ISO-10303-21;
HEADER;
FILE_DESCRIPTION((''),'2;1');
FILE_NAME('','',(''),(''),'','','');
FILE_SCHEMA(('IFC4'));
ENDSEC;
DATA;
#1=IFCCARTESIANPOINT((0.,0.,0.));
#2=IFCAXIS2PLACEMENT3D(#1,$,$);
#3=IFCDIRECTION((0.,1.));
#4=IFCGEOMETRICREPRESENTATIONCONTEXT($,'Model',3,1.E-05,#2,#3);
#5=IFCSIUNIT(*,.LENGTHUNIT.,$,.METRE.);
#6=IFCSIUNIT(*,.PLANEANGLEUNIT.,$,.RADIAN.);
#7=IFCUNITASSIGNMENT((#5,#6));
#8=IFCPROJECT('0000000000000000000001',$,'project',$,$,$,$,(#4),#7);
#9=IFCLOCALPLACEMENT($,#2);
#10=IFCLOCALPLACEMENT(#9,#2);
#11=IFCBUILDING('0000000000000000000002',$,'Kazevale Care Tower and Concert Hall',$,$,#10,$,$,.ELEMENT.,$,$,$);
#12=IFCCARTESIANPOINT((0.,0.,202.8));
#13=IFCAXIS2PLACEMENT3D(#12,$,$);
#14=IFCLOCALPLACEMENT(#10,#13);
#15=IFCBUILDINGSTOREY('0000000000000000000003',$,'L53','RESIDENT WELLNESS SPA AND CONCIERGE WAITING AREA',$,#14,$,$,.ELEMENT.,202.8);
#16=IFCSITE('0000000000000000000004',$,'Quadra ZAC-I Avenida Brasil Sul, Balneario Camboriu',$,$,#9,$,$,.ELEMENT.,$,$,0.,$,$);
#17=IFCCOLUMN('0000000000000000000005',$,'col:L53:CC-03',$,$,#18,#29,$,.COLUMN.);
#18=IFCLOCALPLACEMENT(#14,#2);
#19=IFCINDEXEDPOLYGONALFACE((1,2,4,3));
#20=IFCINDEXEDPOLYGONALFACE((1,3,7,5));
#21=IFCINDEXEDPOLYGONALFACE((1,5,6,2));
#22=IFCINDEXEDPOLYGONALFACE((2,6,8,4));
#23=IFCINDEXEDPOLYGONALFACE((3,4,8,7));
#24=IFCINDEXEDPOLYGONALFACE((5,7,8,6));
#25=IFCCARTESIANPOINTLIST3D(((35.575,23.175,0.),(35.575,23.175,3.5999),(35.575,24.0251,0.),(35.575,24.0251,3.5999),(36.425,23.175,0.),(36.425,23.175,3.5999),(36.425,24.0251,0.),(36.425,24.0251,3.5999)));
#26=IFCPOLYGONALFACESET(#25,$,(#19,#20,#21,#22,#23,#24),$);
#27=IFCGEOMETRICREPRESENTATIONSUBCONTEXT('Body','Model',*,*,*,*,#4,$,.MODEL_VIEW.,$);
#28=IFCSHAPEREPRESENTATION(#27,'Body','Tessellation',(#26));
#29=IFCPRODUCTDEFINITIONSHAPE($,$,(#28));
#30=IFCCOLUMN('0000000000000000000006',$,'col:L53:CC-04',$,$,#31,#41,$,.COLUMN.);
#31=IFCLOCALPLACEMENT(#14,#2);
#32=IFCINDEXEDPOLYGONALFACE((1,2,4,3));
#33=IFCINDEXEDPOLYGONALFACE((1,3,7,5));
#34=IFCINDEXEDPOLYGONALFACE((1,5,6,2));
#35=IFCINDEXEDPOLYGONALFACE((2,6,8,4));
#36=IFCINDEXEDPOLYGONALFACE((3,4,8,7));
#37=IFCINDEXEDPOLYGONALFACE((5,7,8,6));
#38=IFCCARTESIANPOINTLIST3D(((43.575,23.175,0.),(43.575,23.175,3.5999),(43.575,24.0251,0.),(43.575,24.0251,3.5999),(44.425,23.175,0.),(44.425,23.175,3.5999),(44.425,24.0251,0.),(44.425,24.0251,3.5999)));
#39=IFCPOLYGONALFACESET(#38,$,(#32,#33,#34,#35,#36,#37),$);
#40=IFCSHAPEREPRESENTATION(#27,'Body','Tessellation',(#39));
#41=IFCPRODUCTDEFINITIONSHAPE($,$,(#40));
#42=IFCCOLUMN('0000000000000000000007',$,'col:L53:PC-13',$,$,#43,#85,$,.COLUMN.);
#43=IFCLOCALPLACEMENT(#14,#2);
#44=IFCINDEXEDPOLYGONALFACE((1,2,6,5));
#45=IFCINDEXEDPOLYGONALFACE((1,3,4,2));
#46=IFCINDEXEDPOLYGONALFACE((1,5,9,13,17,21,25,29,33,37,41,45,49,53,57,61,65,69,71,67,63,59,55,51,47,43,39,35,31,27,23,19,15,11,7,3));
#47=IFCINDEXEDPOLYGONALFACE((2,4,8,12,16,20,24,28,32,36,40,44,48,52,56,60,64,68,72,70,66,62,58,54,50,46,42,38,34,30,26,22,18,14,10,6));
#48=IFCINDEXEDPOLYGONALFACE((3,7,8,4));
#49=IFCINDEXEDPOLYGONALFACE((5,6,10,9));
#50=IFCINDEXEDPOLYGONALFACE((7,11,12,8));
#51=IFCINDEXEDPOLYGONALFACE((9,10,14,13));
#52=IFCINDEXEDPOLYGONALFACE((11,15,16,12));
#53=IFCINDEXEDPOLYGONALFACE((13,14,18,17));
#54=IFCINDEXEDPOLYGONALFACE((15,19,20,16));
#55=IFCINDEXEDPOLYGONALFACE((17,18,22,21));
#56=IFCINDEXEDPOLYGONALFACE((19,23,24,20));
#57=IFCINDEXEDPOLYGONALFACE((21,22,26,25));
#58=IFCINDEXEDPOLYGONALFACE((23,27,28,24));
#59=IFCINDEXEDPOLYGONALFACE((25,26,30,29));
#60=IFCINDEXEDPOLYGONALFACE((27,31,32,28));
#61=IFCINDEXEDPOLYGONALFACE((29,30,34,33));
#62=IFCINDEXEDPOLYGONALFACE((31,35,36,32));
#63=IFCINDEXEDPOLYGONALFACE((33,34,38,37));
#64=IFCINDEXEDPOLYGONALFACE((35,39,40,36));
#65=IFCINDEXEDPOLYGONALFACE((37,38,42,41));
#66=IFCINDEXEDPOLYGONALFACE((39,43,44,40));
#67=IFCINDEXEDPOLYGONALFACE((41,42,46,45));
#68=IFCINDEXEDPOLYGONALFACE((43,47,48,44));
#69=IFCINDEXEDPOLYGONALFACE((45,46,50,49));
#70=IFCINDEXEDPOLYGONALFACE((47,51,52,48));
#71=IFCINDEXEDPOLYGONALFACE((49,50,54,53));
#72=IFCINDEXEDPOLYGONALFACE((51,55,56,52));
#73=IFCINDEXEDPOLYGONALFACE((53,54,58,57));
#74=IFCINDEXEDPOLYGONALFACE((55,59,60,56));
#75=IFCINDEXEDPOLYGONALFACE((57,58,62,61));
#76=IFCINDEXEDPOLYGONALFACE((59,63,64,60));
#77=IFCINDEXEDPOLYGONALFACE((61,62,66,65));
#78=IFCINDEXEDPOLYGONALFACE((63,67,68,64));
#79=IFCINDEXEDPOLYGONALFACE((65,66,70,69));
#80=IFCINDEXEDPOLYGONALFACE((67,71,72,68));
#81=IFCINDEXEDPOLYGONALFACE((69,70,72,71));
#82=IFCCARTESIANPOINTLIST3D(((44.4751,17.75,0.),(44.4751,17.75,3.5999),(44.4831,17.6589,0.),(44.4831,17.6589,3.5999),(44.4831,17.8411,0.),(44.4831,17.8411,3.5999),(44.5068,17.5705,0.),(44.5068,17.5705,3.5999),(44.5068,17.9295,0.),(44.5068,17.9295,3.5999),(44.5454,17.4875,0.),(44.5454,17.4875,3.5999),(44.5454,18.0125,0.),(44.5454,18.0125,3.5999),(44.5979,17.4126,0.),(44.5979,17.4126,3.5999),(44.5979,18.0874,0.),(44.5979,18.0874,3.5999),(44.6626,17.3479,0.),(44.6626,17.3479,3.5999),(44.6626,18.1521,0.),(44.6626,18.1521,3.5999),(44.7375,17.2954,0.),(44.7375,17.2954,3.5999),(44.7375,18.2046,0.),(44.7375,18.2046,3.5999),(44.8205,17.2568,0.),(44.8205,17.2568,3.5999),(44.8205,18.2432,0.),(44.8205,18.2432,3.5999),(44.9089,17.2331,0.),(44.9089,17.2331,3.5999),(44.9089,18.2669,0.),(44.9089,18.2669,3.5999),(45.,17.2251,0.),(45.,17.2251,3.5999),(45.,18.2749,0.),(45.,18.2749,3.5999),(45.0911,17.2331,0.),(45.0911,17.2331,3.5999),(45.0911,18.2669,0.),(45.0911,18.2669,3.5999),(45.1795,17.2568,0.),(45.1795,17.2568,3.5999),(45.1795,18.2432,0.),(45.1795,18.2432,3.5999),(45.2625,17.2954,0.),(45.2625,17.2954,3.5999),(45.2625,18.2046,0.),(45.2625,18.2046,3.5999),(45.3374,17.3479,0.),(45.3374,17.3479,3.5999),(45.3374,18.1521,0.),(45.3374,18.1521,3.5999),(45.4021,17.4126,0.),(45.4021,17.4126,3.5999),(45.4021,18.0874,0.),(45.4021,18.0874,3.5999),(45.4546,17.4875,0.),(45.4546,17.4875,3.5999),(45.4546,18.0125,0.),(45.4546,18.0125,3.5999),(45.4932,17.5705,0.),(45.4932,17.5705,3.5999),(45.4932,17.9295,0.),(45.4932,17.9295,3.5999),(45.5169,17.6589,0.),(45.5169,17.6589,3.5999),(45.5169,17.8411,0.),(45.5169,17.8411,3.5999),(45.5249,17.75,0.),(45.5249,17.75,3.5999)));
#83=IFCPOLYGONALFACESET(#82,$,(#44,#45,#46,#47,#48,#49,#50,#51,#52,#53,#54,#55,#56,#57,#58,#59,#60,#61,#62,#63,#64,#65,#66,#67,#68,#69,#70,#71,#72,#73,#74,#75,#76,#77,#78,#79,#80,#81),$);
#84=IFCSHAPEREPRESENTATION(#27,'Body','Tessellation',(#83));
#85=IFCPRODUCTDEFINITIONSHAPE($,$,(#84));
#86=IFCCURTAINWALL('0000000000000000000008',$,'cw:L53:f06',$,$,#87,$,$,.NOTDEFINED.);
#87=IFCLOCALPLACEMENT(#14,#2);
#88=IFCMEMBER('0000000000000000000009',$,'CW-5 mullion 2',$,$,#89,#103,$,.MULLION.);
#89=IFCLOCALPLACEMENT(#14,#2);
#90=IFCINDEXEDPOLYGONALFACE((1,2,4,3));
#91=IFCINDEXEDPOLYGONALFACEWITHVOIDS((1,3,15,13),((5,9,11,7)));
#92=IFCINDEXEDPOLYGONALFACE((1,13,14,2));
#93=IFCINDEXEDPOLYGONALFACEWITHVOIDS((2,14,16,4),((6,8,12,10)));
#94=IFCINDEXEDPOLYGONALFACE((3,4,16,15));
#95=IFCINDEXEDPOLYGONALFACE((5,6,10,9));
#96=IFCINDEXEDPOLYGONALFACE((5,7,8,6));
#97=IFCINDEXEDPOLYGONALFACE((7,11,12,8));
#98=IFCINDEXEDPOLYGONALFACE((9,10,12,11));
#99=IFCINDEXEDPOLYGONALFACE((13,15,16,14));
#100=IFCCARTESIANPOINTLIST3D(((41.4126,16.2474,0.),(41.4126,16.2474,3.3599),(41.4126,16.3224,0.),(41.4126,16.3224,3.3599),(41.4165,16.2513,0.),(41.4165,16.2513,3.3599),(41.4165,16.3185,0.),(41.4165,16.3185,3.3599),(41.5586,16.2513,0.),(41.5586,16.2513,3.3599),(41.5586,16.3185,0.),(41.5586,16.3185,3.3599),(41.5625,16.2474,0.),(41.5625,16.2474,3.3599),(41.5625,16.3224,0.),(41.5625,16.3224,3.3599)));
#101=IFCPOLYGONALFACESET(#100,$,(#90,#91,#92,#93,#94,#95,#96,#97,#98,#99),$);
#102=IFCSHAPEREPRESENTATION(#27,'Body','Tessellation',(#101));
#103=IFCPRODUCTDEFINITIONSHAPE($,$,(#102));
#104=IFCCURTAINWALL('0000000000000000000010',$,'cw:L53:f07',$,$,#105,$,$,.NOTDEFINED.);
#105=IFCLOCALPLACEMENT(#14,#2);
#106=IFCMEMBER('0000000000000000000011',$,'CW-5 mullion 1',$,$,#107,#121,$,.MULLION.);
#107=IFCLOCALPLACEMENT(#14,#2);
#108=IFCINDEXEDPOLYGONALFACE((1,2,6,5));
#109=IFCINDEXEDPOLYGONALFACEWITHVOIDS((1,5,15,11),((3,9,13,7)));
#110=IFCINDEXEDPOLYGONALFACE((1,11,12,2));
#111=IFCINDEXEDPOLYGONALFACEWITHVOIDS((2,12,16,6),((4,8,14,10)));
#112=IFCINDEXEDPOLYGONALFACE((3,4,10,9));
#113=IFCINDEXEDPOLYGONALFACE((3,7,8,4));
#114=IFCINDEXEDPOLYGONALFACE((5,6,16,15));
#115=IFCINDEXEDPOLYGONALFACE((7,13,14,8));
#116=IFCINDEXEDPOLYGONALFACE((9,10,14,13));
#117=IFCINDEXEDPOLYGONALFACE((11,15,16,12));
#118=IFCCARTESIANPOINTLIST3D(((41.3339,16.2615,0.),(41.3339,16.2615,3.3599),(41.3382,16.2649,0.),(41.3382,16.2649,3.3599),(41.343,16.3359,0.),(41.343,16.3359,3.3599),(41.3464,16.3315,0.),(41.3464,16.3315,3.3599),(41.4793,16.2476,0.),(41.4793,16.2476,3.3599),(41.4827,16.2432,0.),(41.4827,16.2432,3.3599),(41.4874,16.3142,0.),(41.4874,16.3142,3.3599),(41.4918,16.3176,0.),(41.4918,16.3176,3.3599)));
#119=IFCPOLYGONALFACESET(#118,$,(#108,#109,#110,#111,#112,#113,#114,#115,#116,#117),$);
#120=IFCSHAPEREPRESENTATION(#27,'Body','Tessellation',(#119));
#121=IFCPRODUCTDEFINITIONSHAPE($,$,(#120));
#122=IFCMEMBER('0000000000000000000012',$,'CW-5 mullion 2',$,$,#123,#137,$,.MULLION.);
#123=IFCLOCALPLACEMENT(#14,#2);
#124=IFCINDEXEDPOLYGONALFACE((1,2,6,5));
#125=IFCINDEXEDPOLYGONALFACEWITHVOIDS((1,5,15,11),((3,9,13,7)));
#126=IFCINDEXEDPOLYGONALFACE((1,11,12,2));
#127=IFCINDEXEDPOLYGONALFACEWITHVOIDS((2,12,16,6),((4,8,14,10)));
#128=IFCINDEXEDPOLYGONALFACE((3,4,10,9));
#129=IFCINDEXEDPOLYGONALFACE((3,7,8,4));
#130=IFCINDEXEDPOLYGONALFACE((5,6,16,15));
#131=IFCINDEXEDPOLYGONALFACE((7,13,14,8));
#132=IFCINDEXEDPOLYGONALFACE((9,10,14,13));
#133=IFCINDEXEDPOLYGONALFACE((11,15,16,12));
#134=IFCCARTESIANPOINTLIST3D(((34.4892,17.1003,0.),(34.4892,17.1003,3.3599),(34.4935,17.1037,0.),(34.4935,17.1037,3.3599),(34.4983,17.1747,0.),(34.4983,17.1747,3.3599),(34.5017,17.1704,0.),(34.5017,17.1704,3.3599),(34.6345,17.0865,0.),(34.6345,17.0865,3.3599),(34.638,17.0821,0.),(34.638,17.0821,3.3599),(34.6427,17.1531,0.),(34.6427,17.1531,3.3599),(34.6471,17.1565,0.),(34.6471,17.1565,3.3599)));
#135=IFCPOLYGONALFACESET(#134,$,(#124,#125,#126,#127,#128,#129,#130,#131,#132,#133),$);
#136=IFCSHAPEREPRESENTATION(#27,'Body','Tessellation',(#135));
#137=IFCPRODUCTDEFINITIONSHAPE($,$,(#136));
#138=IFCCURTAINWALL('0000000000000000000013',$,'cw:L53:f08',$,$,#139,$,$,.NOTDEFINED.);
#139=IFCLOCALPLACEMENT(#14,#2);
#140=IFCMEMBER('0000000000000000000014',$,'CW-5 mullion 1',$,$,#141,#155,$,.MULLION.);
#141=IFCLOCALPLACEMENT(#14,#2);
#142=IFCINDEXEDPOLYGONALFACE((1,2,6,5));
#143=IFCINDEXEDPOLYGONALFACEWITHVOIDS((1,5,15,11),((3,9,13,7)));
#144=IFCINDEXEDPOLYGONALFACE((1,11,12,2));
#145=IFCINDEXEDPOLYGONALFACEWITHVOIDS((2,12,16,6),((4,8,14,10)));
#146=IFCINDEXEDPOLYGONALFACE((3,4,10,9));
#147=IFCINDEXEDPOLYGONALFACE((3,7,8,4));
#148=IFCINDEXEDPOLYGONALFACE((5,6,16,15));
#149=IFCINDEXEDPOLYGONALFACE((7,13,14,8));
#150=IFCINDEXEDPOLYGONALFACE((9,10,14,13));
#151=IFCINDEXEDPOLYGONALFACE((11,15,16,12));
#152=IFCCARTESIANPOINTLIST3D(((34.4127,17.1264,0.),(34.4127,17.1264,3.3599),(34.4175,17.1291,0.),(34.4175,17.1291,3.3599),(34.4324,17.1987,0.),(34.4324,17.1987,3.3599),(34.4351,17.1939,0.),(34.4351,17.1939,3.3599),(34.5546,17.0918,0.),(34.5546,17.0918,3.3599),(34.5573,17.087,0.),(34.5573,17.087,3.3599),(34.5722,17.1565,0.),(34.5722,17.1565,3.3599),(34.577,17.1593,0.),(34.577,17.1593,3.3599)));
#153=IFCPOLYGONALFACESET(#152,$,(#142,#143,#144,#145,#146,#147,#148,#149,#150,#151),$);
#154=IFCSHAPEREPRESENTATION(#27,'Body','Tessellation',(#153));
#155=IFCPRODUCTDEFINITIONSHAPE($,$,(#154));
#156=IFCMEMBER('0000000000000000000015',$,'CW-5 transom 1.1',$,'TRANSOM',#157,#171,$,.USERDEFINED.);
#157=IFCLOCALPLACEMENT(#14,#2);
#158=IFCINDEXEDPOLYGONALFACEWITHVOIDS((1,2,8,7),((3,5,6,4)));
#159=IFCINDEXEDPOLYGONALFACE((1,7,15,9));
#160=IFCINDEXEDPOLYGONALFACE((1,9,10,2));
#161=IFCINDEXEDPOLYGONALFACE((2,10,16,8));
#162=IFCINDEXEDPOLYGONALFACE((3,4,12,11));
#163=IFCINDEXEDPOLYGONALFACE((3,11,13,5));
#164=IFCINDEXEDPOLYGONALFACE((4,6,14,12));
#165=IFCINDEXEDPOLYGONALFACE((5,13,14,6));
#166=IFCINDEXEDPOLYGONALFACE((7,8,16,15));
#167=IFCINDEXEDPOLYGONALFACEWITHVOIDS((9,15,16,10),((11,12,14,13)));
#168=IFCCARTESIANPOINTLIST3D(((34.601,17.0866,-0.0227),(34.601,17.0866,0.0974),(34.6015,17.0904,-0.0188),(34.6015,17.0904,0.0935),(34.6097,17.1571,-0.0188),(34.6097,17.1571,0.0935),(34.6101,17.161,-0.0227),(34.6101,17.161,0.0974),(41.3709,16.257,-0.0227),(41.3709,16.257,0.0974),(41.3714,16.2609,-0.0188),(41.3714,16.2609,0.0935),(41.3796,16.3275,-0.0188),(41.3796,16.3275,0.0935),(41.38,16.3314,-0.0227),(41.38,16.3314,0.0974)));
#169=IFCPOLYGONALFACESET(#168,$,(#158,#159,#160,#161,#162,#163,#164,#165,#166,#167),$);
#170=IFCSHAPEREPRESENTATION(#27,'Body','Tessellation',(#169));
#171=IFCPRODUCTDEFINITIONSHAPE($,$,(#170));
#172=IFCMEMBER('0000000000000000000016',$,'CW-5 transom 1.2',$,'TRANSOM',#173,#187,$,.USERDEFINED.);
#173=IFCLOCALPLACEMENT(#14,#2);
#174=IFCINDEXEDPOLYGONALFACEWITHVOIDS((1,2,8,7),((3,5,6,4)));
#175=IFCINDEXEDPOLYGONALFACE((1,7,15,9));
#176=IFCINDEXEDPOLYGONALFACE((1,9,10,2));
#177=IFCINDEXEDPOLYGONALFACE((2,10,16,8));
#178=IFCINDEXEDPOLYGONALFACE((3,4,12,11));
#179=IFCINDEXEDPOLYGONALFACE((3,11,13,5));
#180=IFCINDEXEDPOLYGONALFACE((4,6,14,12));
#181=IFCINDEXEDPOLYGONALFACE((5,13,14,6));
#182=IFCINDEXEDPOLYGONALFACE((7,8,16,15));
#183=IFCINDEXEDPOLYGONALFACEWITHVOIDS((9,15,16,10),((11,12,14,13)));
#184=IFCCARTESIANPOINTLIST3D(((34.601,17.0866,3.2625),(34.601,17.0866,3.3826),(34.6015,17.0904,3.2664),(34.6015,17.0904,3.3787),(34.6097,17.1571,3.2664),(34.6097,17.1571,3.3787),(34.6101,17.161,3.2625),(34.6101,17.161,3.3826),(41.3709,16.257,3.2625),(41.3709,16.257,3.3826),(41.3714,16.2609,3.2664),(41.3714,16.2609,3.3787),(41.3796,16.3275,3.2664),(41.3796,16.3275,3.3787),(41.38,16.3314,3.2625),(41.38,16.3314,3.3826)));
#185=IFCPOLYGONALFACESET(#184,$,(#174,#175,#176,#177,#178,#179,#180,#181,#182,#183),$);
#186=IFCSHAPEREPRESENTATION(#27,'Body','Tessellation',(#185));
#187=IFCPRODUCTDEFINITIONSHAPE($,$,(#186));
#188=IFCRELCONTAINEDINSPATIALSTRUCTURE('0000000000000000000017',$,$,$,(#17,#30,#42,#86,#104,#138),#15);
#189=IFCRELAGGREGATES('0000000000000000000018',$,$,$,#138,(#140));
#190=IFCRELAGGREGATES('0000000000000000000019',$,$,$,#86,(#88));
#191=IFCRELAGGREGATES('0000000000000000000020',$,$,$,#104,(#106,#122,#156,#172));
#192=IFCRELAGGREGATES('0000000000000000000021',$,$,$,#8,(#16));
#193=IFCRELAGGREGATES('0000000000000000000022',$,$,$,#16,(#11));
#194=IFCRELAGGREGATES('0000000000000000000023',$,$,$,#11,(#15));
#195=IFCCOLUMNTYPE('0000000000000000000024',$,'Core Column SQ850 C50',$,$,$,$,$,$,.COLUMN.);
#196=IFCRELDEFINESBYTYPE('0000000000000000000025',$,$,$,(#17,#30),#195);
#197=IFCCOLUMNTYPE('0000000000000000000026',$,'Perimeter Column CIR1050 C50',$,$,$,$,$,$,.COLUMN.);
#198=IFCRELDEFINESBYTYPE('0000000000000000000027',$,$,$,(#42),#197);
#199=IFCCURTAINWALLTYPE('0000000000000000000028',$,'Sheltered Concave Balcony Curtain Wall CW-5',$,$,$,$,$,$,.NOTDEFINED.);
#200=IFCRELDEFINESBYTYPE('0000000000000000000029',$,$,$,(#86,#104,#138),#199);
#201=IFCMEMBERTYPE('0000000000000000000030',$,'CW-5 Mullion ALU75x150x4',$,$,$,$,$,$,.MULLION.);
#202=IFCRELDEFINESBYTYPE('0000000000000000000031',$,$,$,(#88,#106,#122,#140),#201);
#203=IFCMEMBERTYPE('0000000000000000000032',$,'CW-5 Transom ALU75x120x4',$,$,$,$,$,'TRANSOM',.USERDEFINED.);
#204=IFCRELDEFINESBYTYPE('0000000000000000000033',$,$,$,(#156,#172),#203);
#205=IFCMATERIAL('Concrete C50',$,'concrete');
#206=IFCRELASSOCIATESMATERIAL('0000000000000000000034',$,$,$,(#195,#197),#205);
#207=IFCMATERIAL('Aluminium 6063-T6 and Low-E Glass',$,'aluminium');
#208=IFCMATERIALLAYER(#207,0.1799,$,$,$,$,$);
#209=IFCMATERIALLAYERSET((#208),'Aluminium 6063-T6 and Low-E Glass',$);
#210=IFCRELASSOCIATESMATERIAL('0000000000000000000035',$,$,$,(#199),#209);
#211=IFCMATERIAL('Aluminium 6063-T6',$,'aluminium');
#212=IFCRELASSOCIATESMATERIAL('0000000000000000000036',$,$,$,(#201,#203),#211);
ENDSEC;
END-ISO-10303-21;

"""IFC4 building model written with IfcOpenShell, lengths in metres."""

from ifc_helpers import new_model, si_unit, direction, frame, origin, origin_2d, place, context, subcontext, project, spatial, rectangle, hollow_rectangle, circle, extrude, material, layer, layer_set, material_profile, profile_set, type_object, element, aggregate, save


model = new_model("IFC4")

# Units and contexts
model_context = context("Model", 3, precision=1e-05, world=origin(), true_north=direction((0.0, 1.0)))
body_context = subcontext(model_context, "Body", "Model", "MODEL_VIEW")
ifc_project = project(units=[si_unit("LENGTHUNIT", "METRE"), si_unit("PLANEANGLEUNIT", "RADIAN")], contexts=[model_context])

# Site, building, storey
site_placement = place(None, origin())
site = spatial("IfcSite", under=ifc_project, at=site_placement, Name="Quadra ZAC-I Avenida Brasil Sul, Balneario Camboriu", CompositionType="ELEMENT", RefElevation=0.0)
building_placement = place(site_placement, origin())
building = spatial("IfcBuilding", under=site, at=building_placement, Name="Kazevale Care Tower and Concert Hall", CompositionType="ELEMENT")
storey_placement = place(building_placement, frame((0.0, 0.0, 202.8)))
storey = spatial("IfcBuildingStorey", under=building, at=storey_placement, Name="L53", Description="RESIDENT WELLNESS SPA AND CONCIERGE WAITING AREA", CompositionType="ELEMENT", Elevation=202.8)

# Columns
ifc_material_1 = material(Name="Concrete C50", Category="concrete")
ifc_material_profile_1 = material_profile(ifc_material_1, rectangle(XDim=0.8501, YDim=0.8501, at=origin_2d()), Name="RC-SQ850")
ifc_profile_set_1 = profile_set([ifc_material_profile_1], Name="Concrete C50")
column_type_1 = type_object("IfcColumnType", Name="Core Column SQ850 C50", PredefinedType="COLUMN", material=ifc_profile_set_1)
for number, where, z_axis, x_axis, name in (
    (1, (36.0, 23.6001, 0.0), (0.0, 0.0, 1.0), (1.0, 0.0, 0.0), "col:L53:CC-03"),
    (2, (44.0, 23.6001, 0.0), (0.0, 0.0, 1.0), (1.0, 0.0, 0.0), "col:L53:CC-04"),
):
    element("IfcColumn", number, at=place(storey_placement, frame(where, z_axis=z_axis, x_axis=x_axis)), inside=storey, type_object=column_type_1, Name=name, PredefinedType="COLUMN", context=body_context, shape_type="SweptSolid", body=[
        extrude(rectangle(XDim=0.8501, YDim=0.8501, at=origin_2d()), origin(), (0.0, 0.0, 1.0), 3.5999),
    ])
ifc_material_profile_2 = material_profile(ifc_material_1, circle(Radius=0.5249, at=origin_2d()), Name="RC-CIR1050")
ifc_profile_set_2 = profile_set([ifc_material_profile_2], Name="Concrete C50")
column_type_2 = type_object("IfcColumnType", Name="Perimeter Column CIR1050 C50", PredefinedType="COLUMN", material=ifc_profile_set_2)
column_placement = place(storey_placement, frame((45.0, 17.75, 0.0), z_axis=(0.0, 0.0, 1.0), x_axis=(1.0, 0.0, 0.0)))
element("IfcColumn", 3, at=column_placement, inside=storey, type_object=column_type_2, Name="col:L53:PC-13", PredefinedType="COLUMN", context=body_context, shape_type="SweptSolid", body=[
    extrude(circle(Radius=0.5249, at=origin_2d()), origin(), (0.0, 0.0, 1.0), 3.5999),
])

# Curtain wall, member
ifc_material_2 = material(Name="Aluminium 6063-T6 and Low-E Glass", Category="aluminium")
ifc_layer_1 = layer(ifc_material_2, 0.1799)
ifc_layer_set_1 = layer_set([ifc_layer_1], Name="Aluminium 6063-T6 and Low-E Glass")
curtain_wall_type = type_object("IfcCurtainWallType", Name="Sheltered Concave Balcony Curtain Wall CW-5", PredefinedType="NOTDEFINED", material=ifc_layer_set_1)
curtain_wall_1_placement = place(storey_placement, origin())
curtain_wall_1 = element("IfcCurtainWall", 4, at=curtain_wall_1_placement, inside=storey, type_object=curtain_wall_type, Name="cw:L53:f06", PredefinedType="NOTDEFINED")
ifc_material_3 = material(Name="Aluminium 6063-T6", Category="aluminium")
ifc_material_profile_3 = material_profile(ifc_material_3, hollow_rectangle(XDim=0.075, YDim=0.1499, WallThickness=0.0039, at=origin_2d()), Name="ALU75x150x4")
ifc_profile_set_3 = profile_set([ifc_material_profile_3], Name="Aluminium 6063-T6")
member_type_1 = type_object("IfcMemberType", Name="CW-5 Mullion ALU75x150x4", PredefinedType="MULLION", material=ifc_profile_set_3)
member_1_placement = place(storey_placement, frame((41.4875, 16.2849, 0.0), z_axis=(0.0, 0.0, 1.0), x_axis=(0.0, -1.0, 0.0)))
member_1 = element("IfcMember", 5, at=member_1_placement, type_object=member_type_1, Name="CW-5 mullion 2", PredefinedType="MULLION", context=body_context, shape_type="SweptSolid", body=[
    extrude(hollow_rectangle(XDim=0.075, YDim=0.1499, WallThickness=0.0039, at=origin_2d()), origin(), (0.0, 0.0, 1.0), 3.3599),
])

# Curtain wall, members
curtain_wall_2_placement = place(storey_placement, origin())
curtain_wall_2 = element("IfcCurtainWall", 6, at=curtain_wall_2_placement, inside=storey, type_object=curtain_wall_type, Name="cw:L53:f07", PredefinedType="NOTDEFINED")
member_2_placement = place(storey_placement, frame((41.4128, 16.2896, 0.0), z_axis=(0.0, 0.0, 1.0), x_axis=(-0.121651, -0.992573, 0.0)))
member_2 = element("IfcMember", 7, at=member_2_placement, type_object=member_type_1, Name="CW-5 mullion 1", PredefinedType="MULLION", context=body_context, shape_type="SweptSolid", body=[
    extrude(hollow_rectangle(XDim=0.075, YDim=0.1499, WallThickness=0.0039, at=origin_2d()), origin(), (0.0, 0.0, 1.0), 3.3599),
])
member_3_placement = place(storey_placement, frame((34.5681, 17.1284, 0.0), z_axis=(0.0, 0.0, 1.0), x_axis=(-0.121651, -0.992573, 0.0)))
member_3 = element("IfcMember", 8, at=member_3_placement, type_object=member_type_1, Name="CW-5 mullion 2", PredefinedType="MULLION", context=body_context, shape_type="SweptSolid", body=[
    extrude(hollow_rectangle(XDim=0.075, YDim=0.1499, WallThickness=0.0039, at=origin_2d()), origin(), (0.0, 0.0, 1.0), 3.3599),
])

# Curtain wall, member
curtain_wall_3_placement = place(storey_placement, origin())
curtain_wall_3 = element("IfcCurtainWall", 9, at=curtain_wall_3_placement, inside=storey, type_object=curtain_wall_type, Name="cw:L53:f08", PredefinedType="NOTDEFINED")
member_4_placement = place(storey_placement, frame((34.4949, 17.1428, 0.0), z_axis=(0.0, 0.0, 1.0), x_axis=(-0.262849, -0.964837, 0.0)))
member_4 = element("IfcMember", 10, at=member_4_placement, type_object=member_type_1, Name="CW-5 mullion 1", PredefinedType="MULLION", context=body_context, shape_type="SweptSolid", body=[
    extrude(hollow_rectangle(XDim=0.075, YDim=0.1499, WallThickness=0.0039, at=origin_2d()), origin(), (0.0, 0.0, 1.0), 3.3599),
])

# Members
ifc_material_profile_4 = material_profile(ifc_material_3, hollow_rectangle(XDim=0.075, YDim=0.1201, WallThickness=0.0039, at=origin_2d()), Name="ALU75x120x4")
ifc_profile_set_4 = profile_set([ifc_material_profile_4], Name="Aluminium 6063-T6")
member_type_2 = type_object("IfcMemberType", Name="CW-5 Transom ALU75x120x4", ElementType="TRANSOM", PredefinedType="USERDEFINED", material=ifc_profile_set_4)
member_5_placement = place(storey_placement, frame((41.3755, 16.2942, 0.0374), z_axis=(-0.992576, 0.121629, 0.0), x_axis=(-0.121629, -0.992576, 0.0)))
member_5 = element("IfcMember", 11, at=member_5_placement, type_object=member_type_2, Name="CW-5 transom 1.1", ObjectType="TRANSOM", PredefinedType="USERDEFINED", context=body_context, shape_type="SweptSolid", body=[
    extrude(hollow_rectangle(XDim=0.075, YDim=0.1201, WallThickness=0.0039, at=origin_2d()), origin(), (0.0, 0.0, 1.0), 6.8206),
])
member_6_placement = place(storey_placement, frame((41.3755, 16.2942, 3.3225), z_axis=(-0.992576, 0.121629, 0.0), x_axis=(-0.121629, -0.992576, 0.0)))
member_6 = element("IfcMember", 12, at=member_6_placement, type_object=member_type_2, Name="CW-5 transom 1.2", ObjectType="TRANSOM", PredefinedType="USERDEFINED", context=body_context, shape_type="SweptSolid", body=[
    extrude(hollow_rectangle(XDim=0.075, YDim=0.1201, WallThickness=0.0039, at=origin_2d()), origin(), (0.0, 0.0, 1.0), 6.8206),
])
aggregate(curtain_wall_3, [member_4])

aggregate(curtain_wall_1, [member_1])
aggregate(curtain_wall_2, [member_2, member_3, member_5, member_6])

save(model, "model.ifc")
